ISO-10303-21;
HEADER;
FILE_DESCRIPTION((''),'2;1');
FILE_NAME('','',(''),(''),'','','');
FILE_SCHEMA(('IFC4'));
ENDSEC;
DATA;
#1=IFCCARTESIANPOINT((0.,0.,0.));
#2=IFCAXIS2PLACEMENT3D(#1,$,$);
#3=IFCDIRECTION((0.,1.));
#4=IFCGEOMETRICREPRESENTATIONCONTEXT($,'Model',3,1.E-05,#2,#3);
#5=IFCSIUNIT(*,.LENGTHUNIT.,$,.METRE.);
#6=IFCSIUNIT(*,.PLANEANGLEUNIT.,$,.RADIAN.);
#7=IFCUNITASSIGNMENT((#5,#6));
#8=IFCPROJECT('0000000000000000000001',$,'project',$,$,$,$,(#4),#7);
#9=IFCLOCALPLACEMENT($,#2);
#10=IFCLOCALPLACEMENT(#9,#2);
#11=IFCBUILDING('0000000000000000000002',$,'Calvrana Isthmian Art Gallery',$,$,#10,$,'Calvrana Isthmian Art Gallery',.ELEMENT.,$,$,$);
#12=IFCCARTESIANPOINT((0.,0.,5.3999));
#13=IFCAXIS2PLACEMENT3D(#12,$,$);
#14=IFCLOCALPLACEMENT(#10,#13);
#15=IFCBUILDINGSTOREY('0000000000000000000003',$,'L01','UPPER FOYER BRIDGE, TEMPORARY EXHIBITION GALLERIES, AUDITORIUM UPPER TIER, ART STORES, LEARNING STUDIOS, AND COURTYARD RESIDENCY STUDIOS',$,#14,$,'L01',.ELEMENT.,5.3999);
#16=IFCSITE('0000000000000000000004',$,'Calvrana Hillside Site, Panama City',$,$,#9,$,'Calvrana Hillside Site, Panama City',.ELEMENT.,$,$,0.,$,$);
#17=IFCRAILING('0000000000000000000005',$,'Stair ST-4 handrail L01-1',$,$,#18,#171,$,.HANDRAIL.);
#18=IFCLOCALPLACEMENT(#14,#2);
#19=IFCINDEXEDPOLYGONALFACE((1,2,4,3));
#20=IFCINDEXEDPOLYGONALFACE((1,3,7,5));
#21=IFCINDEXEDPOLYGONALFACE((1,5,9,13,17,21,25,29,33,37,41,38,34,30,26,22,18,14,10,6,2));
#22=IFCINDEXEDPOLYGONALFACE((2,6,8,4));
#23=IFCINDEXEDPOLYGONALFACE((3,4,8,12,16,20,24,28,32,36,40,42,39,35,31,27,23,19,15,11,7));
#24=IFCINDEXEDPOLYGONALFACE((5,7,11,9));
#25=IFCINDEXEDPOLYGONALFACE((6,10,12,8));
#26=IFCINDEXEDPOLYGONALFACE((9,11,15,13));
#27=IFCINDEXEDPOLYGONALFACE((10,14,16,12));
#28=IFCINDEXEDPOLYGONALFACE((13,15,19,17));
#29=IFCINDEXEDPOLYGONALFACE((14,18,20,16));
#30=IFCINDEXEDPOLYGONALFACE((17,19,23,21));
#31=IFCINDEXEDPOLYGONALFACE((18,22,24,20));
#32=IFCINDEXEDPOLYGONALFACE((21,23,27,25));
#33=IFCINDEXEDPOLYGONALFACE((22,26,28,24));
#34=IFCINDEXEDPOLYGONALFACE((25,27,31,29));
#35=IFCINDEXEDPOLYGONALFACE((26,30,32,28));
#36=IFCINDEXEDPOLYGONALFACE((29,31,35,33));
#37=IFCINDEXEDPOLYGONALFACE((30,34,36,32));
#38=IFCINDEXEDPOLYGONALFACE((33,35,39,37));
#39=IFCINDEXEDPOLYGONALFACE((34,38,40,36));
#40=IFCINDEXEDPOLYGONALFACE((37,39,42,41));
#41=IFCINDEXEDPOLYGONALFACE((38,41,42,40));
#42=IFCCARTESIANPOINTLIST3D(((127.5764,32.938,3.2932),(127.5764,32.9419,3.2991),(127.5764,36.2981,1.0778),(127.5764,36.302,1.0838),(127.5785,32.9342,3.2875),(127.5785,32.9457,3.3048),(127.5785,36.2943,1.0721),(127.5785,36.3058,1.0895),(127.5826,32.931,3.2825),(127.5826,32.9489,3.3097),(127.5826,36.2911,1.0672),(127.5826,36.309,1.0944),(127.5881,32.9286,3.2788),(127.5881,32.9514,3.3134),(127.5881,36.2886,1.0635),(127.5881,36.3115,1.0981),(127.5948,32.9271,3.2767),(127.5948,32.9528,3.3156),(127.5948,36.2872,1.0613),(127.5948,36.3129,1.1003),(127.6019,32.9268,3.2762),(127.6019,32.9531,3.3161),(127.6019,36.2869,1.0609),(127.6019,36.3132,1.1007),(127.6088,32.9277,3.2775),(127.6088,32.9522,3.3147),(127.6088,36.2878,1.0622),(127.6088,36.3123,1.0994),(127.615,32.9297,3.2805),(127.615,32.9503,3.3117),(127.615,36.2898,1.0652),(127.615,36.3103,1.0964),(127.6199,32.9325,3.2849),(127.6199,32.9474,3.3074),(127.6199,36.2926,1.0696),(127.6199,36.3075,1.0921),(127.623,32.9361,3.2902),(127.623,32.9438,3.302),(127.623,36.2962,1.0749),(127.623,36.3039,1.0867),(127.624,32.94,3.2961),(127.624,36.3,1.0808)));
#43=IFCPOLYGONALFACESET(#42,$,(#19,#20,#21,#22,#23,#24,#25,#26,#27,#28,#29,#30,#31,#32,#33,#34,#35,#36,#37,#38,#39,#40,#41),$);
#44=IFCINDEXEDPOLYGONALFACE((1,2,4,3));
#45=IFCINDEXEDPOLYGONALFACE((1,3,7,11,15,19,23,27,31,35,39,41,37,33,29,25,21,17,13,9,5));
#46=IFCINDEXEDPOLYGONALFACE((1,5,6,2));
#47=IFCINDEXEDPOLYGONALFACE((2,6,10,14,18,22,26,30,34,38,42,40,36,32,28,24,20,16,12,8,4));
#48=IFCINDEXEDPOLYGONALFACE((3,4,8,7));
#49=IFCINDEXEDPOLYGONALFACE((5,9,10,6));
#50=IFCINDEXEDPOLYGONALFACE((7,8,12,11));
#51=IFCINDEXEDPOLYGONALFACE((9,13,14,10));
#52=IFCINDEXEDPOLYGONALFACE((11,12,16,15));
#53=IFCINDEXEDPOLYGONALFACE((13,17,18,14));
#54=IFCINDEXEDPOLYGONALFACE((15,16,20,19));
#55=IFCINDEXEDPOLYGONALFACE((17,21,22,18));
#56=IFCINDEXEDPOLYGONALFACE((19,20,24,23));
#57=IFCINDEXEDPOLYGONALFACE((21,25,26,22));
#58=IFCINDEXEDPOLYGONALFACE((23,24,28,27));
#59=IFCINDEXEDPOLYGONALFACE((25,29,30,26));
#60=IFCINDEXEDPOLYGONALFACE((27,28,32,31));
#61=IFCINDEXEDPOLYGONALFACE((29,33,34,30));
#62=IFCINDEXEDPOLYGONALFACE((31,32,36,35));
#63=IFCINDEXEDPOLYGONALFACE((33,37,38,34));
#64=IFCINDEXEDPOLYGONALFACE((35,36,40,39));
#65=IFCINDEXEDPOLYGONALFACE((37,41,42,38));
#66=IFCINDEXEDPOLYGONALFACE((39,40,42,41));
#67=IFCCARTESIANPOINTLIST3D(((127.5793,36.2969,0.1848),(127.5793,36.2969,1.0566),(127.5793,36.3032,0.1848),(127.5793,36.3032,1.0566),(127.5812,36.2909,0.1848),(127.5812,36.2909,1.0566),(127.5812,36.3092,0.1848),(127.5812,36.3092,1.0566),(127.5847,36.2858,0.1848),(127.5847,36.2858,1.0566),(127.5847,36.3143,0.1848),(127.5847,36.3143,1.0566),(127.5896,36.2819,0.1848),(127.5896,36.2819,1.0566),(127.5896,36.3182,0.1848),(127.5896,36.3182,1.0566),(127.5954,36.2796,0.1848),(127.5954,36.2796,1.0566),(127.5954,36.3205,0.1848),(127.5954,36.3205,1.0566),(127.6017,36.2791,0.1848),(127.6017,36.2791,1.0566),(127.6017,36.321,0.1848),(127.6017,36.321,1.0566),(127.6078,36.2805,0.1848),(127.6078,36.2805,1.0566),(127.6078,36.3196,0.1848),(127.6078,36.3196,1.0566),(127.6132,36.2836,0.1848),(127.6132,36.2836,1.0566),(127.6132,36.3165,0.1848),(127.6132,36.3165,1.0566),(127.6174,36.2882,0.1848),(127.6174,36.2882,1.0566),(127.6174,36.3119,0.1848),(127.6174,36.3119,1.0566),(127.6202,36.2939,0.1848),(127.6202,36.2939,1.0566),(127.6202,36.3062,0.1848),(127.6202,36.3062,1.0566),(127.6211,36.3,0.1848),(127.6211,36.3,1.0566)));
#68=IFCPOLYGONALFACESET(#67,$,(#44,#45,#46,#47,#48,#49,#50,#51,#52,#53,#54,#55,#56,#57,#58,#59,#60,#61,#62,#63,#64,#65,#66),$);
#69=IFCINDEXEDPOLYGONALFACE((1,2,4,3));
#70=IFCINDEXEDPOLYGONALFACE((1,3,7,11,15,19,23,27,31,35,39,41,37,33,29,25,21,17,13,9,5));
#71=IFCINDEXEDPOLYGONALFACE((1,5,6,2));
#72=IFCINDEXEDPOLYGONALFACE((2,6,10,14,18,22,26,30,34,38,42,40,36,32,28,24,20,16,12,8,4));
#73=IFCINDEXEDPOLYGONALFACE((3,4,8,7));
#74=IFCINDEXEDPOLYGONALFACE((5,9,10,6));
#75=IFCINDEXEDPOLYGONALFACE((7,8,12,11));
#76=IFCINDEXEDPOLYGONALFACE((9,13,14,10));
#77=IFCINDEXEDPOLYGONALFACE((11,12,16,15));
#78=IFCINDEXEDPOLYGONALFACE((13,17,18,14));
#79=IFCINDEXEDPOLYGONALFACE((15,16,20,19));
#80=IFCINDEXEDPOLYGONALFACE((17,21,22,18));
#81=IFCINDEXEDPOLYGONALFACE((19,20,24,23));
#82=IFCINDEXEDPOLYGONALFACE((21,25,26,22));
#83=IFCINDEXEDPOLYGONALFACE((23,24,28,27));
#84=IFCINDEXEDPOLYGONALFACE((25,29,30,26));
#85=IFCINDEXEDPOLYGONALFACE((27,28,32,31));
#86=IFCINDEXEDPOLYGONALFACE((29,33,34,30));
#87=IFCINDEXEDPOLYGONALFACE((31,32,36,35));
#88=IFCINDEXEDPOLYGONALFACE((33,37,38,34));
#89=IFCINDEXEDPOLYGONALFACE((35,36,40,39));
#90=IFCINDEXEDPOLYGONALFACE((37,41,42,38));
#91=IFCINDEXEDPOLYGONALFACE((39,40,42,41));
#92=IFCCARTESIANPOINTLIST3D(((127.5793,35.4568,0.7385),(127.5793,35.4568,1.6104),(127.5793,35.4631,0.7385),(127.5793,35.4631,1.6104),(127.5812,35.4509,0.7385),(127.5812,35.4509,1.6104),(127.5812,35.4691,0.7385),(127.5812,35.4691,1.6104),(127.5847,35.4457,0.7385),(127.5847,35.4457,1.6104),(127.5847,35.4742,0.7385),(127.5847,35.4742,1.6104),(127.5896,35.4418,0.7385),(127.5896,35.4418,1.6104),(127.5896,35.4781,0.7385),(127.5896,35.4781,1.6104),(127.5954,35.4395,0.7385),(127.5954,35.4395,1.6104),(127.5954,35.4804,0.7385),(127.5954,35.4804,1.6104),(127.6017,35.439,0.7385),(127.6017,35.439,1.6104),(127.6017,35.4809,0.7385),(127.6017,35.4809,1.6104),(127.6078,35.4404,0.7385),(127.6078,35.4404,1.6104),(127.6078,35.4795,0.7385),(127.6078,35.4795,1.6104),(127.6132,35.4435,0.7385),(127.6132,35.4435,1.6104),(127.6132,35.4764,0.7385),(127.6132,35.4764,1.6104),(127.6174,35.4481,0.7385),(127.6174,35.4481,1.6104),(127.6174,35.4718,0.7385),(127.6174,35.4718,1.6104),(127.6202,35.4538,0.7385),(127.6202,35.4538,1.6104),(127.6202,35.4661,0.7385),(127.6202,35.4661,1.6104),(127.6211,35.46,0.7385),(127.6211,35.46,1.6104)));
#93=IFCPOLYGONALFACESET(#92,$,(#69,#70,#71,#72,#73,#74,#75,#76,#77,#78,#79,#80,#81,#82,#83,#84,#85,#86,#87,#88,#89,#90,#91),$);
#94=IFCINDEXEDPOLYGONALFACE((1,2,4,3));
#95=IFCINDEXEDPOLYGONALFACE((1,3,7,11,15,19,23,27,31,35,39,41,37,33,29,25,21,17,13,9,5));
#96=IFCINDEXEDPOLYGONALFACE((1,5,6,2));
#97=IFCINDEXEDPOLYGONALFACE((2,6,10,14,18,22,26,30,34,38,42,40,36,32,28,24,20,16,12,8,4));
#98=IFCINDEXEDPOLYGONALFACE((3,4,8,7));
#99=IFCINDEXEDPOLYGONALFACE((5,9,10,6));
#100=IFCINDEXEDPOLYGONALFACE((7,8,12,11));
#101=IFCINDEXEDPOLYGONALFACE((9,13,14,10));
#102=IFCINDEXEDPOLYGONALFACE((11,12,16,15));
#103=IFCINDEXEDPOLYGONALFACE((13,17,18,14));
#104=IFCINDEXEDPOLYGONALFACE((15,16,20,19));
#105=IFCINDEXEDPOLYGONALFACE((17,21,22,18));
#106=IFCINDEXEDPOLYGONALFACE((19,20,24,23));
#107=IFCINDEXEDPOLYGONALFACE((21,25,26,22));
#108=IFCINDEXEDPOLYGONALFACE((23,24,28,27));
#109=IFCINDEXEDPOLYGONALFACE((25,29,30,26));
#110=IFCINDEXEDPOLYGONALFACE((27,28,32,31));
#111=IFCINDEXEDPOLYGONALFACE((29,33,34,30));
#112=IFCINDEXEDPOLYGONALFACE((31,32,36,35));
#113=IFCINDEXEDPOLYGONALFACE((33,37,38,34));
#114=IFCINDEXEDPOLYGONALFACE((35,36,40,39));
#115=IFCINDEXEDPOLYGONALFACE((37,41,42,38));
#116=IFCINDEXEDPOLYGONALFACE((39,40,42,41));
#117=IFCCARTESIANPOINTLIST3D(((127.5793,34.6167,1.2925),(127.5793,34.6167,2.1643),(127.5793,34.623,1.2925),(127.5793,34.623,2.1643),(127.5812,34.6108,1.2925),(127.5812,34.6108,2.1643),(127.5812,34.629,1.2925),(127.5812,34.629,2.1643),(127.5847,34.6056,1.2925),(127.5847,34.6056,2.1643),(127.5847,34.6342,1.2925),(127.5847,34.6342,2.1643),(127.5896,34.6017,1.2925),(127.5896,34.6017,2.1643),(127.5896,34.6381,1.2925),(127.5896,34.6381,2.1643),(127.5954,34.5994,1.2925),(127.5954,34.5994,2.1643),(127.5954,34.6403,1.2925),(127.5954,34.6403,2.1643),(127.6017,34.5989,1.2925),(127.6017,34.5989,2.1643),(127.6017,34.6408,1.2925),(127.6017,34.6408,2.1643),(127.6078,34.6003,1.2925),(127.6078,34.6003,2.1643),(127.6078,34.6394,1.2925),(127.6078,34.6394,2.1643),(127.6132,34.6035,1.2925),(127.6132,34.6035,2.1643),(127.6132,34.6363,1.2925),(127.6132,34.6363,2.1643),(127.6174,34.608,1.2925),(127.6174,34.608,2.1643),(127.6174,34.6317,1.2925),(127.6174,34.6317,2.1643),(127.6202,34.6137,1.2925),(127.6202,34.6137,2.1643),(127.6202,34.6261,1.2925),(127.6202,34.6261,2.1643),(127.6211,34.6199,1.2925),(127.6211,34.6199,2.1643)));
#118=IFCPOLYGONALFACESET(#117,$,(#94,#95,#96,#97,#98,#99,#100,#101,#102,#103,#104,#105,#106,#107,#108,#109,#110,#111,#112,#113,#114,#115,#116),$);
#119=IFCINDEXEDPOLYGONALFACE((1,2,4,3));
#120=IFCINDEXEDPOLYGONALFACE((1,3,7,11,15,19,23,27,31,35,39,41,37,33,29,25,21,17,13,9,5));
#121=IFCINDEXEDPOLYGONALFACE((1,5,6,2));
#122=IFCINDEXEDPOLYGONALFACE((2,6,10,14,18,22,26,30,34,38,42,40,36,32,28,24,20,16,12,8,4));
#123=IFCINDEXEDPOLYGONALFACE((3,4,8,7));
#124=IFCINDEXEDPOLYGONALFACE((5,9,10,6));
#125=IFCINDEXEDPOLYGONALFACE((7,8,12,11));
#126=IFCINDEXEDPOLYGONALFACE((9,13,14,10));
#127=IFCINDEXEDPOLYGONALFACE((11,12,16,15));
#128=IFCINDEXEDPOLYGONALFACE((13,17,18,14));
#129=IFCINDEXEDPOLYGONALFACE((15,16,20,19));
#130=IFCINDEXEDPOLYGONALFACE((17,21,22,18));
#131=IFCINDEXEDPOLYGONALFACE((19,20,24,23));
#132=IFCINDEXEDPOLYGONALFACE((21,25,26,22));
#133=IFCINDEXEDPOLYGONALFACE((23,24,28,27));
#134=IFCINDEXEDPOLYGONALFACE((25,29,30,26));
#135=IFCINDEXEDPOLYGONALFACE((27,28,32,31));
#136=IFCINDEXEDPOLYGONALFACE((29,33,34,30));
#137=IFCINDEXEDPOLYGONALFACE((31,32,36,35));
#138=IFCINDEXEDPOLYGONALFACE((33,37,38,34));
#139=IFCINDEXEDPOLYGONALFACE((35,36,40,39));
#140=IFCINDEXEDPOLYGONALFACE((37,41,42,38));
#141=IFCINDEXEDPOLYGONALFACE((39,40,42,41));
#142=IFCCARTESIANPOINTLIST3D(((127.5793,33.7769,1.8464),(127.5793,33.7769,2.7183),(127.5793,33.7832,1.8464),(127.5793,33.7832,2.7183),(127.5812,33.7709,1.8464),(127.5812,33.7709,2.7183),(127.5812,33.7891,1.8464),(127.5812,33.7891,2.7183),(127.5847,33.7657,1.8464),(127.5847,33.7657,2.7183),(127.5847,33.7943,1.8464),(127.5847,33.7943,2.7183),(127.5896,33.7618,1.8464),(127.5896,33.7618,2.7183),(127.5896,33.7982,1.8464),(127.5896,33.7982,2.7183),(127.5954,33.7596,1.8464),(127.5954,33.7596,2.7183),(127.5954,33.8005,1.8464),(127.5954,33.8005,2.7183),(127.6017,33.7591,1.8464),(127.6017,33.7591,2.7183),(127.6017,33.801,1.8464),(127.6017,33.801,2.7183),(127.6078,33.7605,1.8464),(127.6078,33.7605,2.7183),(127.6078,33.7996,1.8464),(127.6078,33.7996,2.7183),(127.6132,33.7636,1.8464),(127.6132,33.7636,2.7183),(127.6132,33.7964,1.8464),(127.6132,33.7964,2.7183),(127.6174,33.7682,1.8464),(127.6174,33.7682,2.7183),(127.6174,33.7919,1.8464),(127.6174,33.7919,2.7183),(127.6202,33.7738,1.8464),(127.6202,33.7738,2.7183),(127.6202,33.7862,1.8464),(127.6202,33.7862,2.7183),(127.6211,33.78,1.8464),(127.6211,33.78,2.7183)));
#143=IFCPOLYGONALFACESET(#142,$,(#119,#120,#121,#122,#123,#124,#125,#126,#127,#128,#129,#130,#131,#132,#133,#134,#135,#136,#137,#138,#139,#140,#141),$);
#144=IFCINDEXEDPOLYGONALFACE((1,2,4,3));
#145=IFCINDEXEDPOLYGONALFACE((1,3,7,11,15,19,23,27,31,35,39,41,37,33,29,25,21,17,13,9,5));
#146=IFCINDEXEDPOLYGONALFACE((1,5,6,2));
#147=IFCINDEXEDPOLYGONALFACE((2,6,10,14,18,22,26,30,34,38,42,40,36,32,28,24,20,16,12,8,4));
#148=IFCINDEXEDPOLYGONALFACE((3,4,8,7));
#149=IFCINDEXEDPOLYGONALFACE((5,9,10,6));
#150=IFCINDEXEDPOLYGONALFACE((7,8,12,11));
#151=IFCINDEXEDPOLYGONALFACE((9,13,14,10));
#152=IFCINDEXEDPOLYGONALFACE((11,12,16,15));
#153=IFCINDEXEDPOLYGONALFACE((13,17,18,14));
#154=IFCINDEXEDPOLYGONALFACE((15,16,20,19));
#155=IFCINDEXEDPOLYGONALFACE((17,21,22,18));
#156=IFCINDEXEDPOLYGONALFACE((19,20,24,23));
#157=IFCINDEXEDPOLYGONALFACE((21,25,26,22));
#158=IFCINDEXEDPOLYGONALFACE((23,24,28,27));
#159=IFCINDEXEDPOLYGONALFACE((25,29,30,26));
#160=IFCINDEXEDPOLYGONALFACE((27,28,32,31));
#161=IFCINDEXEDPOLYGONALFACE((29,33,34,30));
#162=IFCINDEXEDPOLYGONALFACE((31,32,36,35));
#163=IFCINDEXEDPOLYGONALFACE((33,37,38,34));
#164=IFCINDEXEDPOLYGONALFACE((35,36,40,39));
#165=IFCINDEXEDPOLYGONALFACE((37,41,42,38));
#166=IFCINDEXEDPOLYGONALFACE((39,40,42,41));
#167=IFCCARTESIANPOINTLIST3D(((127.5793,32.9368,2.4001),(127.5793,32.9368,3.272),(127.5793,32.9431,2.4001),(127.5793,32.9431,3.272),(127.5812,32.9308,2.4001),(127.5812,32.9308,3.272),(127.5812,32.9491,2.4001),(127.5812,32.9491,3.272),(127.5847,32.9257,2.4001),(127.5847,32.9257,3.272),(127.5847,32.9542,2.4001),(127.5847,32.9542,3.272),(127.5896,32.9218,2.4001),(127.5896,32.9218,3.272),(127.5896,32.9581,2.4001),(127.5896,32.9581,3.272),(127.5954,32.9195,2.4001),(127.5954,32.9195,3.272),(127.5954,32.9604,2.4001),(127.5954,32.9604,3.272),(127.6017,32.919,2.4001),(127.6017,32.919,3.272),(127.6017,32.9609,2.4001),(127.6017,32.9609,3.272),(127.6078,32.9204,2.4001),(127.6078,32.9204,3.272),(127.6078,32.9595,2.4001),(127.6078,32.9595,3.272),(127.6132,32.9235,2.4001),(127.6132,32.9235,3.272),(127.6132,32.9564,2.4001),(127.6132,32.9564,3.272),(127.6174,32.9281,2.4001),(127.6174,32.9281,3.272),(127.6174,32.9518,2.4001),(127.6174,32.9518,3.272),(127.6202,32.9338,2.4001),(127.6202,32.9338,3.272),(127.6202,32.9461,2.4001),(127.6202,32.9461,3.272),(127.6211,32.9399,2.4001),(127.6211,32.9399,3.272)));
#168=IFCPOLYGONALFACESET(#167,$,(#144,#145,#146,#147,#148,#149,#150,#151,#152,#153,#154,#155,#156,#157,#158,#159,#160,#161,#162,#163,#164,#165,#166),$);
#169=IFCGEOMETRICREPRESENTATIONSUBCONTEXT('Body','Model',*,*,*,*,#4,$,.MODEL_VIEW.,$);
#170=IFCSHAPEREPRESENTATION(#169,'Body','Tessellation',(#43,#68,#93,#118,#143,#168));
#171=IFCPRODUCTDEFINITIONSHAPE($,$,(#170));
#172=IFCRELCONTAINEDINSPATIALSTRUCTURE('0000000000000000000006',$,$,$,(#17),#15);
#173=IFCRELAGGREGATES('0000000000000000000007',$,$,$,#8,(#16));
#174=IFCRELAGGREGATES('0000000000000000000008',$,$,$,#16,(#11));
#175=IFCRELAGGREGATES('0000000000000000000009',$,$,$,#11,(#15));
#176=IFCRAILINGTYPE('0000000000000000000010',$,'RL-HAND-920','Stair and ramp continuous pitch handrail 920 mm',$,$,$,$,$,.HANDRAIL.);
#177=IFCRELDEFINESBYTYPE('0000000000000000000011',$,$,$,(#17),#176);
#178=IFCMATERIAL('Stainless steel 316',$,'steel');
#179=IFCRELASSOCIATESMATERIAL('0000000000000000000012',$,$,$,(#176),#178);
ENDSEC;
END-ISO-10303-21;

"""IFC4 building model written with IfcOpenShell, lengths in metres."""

from ifc_helpers import new_model, si_unit, direction, frame, origin, origin_2d, place, context, subcontext, project, spatial, circle, extrude, material, type_object, element, save


model = new_model("IFC4")

# Units and contexts
model_context = context("Model", 3, precision=1e-05, world=origin(), true_north=direction((0.0, 1.0)))
body_context = subcontext(model_context, "Body", "Model", "MODEL_VIEW")
ifc_project = project(units=[si_unit("LENGTHUNIT", "METRE"), si_unit("PLANEANGLEUNIT", "RADIAN")], contexts=[model_context])

# Site, building, storey
site_placement = place(None, origin())
site = spatial("IfcSite", under=ifc_project, at=site_placement, Name="Calvrana Hillside Site, Panama City", LongName="Calvrana Hillside Site, Panama City", CompositionType="ELEMENT", RefElevation=0.0)
building_placement = place(site_placement, origin())
building = spatial("IfcBuilding", under=site, at=building_placement, Name="Calvrana Isthmian Art Gallery", LongName="Calvrana Isthmian Art Gallery", CompositionType="ELEMENT")
storey_placement = place(building_placement, frame((0.0, 0.0, 5.3999)))
storey = spatial("IfcBuildingStorey", under=building, at=storey_placement, Name="L01", Description="UPPER FOYER BRIDGE, TEMPORARY EXHIBITION GALLERIES, AUDITORIUM UPPER TIER, ART STORES, LEARNING STUDIOS, AND COURTYARD RESIDENCY STUDIOS", LongName="L01", CompositionType="ELEMENT", Elevation=5.3999)

# Shared definitions
ifc_material_1 = material(Name="Stainless steel 316", Category="steel")

# Railing
railing_type_1 = type_object("IfcRailingType", Name="RL-HAND-920", Description="Stair and ramp continuous pitch handrail 920 mm", PredefinedType="HANDRAIL", material=ifc_material_1)
railing_1_placement = place(storey_placement, frame((127.6001, 36.3, 0.1848)))
element("IfcRailing", 1, at=railing_1_placement, inside=storey, type_object=railing_type_1, Name="Stair ST-4 handrail L01-1", PredefinedType="HANDRAIL", context=body_context, shape_type="SweptSolid", body=[
    extrude(circle(Radius=0.0239, at=origin_2d()), frame((0.0, 0.0, 0.896), z_axis=(0.0, -0.834876, 0.550437), x_axis=(1.0, 0.0, 0.0)), (0.0, 0.0, 1.0), 4.0247),
    extrude(circle(Radius=0.021, at=origin_2d()), origin(), (0.0, 0.0, 1.0), 0.8718),
    extrude(circle(Radius=0.021, at=origin_2d()), frame((0.0, -0.8401, 0.5537)), (0.0, 0.0, 1.0), 0.8718),
    extrude(circle(Radius=0.021, at=origin_2d()), frame((0.0, -1.6802, 1.1077)), (0.0, 0.0, 1.0), 0.8718),
    extrude(circle(Radius=0.021, at=origin_2d()), frame((0.0, -2.52, 1.6616)), (0.0, 0.0, 1.0), 0.8718),
    extrude(circle(Radius=0.021, at=origin_2d()), frame((0.0, -3.3601, 2.2153)), (0.0, 0.0, 1.0), 0.8718),
])

save(model, "model.ifc")
